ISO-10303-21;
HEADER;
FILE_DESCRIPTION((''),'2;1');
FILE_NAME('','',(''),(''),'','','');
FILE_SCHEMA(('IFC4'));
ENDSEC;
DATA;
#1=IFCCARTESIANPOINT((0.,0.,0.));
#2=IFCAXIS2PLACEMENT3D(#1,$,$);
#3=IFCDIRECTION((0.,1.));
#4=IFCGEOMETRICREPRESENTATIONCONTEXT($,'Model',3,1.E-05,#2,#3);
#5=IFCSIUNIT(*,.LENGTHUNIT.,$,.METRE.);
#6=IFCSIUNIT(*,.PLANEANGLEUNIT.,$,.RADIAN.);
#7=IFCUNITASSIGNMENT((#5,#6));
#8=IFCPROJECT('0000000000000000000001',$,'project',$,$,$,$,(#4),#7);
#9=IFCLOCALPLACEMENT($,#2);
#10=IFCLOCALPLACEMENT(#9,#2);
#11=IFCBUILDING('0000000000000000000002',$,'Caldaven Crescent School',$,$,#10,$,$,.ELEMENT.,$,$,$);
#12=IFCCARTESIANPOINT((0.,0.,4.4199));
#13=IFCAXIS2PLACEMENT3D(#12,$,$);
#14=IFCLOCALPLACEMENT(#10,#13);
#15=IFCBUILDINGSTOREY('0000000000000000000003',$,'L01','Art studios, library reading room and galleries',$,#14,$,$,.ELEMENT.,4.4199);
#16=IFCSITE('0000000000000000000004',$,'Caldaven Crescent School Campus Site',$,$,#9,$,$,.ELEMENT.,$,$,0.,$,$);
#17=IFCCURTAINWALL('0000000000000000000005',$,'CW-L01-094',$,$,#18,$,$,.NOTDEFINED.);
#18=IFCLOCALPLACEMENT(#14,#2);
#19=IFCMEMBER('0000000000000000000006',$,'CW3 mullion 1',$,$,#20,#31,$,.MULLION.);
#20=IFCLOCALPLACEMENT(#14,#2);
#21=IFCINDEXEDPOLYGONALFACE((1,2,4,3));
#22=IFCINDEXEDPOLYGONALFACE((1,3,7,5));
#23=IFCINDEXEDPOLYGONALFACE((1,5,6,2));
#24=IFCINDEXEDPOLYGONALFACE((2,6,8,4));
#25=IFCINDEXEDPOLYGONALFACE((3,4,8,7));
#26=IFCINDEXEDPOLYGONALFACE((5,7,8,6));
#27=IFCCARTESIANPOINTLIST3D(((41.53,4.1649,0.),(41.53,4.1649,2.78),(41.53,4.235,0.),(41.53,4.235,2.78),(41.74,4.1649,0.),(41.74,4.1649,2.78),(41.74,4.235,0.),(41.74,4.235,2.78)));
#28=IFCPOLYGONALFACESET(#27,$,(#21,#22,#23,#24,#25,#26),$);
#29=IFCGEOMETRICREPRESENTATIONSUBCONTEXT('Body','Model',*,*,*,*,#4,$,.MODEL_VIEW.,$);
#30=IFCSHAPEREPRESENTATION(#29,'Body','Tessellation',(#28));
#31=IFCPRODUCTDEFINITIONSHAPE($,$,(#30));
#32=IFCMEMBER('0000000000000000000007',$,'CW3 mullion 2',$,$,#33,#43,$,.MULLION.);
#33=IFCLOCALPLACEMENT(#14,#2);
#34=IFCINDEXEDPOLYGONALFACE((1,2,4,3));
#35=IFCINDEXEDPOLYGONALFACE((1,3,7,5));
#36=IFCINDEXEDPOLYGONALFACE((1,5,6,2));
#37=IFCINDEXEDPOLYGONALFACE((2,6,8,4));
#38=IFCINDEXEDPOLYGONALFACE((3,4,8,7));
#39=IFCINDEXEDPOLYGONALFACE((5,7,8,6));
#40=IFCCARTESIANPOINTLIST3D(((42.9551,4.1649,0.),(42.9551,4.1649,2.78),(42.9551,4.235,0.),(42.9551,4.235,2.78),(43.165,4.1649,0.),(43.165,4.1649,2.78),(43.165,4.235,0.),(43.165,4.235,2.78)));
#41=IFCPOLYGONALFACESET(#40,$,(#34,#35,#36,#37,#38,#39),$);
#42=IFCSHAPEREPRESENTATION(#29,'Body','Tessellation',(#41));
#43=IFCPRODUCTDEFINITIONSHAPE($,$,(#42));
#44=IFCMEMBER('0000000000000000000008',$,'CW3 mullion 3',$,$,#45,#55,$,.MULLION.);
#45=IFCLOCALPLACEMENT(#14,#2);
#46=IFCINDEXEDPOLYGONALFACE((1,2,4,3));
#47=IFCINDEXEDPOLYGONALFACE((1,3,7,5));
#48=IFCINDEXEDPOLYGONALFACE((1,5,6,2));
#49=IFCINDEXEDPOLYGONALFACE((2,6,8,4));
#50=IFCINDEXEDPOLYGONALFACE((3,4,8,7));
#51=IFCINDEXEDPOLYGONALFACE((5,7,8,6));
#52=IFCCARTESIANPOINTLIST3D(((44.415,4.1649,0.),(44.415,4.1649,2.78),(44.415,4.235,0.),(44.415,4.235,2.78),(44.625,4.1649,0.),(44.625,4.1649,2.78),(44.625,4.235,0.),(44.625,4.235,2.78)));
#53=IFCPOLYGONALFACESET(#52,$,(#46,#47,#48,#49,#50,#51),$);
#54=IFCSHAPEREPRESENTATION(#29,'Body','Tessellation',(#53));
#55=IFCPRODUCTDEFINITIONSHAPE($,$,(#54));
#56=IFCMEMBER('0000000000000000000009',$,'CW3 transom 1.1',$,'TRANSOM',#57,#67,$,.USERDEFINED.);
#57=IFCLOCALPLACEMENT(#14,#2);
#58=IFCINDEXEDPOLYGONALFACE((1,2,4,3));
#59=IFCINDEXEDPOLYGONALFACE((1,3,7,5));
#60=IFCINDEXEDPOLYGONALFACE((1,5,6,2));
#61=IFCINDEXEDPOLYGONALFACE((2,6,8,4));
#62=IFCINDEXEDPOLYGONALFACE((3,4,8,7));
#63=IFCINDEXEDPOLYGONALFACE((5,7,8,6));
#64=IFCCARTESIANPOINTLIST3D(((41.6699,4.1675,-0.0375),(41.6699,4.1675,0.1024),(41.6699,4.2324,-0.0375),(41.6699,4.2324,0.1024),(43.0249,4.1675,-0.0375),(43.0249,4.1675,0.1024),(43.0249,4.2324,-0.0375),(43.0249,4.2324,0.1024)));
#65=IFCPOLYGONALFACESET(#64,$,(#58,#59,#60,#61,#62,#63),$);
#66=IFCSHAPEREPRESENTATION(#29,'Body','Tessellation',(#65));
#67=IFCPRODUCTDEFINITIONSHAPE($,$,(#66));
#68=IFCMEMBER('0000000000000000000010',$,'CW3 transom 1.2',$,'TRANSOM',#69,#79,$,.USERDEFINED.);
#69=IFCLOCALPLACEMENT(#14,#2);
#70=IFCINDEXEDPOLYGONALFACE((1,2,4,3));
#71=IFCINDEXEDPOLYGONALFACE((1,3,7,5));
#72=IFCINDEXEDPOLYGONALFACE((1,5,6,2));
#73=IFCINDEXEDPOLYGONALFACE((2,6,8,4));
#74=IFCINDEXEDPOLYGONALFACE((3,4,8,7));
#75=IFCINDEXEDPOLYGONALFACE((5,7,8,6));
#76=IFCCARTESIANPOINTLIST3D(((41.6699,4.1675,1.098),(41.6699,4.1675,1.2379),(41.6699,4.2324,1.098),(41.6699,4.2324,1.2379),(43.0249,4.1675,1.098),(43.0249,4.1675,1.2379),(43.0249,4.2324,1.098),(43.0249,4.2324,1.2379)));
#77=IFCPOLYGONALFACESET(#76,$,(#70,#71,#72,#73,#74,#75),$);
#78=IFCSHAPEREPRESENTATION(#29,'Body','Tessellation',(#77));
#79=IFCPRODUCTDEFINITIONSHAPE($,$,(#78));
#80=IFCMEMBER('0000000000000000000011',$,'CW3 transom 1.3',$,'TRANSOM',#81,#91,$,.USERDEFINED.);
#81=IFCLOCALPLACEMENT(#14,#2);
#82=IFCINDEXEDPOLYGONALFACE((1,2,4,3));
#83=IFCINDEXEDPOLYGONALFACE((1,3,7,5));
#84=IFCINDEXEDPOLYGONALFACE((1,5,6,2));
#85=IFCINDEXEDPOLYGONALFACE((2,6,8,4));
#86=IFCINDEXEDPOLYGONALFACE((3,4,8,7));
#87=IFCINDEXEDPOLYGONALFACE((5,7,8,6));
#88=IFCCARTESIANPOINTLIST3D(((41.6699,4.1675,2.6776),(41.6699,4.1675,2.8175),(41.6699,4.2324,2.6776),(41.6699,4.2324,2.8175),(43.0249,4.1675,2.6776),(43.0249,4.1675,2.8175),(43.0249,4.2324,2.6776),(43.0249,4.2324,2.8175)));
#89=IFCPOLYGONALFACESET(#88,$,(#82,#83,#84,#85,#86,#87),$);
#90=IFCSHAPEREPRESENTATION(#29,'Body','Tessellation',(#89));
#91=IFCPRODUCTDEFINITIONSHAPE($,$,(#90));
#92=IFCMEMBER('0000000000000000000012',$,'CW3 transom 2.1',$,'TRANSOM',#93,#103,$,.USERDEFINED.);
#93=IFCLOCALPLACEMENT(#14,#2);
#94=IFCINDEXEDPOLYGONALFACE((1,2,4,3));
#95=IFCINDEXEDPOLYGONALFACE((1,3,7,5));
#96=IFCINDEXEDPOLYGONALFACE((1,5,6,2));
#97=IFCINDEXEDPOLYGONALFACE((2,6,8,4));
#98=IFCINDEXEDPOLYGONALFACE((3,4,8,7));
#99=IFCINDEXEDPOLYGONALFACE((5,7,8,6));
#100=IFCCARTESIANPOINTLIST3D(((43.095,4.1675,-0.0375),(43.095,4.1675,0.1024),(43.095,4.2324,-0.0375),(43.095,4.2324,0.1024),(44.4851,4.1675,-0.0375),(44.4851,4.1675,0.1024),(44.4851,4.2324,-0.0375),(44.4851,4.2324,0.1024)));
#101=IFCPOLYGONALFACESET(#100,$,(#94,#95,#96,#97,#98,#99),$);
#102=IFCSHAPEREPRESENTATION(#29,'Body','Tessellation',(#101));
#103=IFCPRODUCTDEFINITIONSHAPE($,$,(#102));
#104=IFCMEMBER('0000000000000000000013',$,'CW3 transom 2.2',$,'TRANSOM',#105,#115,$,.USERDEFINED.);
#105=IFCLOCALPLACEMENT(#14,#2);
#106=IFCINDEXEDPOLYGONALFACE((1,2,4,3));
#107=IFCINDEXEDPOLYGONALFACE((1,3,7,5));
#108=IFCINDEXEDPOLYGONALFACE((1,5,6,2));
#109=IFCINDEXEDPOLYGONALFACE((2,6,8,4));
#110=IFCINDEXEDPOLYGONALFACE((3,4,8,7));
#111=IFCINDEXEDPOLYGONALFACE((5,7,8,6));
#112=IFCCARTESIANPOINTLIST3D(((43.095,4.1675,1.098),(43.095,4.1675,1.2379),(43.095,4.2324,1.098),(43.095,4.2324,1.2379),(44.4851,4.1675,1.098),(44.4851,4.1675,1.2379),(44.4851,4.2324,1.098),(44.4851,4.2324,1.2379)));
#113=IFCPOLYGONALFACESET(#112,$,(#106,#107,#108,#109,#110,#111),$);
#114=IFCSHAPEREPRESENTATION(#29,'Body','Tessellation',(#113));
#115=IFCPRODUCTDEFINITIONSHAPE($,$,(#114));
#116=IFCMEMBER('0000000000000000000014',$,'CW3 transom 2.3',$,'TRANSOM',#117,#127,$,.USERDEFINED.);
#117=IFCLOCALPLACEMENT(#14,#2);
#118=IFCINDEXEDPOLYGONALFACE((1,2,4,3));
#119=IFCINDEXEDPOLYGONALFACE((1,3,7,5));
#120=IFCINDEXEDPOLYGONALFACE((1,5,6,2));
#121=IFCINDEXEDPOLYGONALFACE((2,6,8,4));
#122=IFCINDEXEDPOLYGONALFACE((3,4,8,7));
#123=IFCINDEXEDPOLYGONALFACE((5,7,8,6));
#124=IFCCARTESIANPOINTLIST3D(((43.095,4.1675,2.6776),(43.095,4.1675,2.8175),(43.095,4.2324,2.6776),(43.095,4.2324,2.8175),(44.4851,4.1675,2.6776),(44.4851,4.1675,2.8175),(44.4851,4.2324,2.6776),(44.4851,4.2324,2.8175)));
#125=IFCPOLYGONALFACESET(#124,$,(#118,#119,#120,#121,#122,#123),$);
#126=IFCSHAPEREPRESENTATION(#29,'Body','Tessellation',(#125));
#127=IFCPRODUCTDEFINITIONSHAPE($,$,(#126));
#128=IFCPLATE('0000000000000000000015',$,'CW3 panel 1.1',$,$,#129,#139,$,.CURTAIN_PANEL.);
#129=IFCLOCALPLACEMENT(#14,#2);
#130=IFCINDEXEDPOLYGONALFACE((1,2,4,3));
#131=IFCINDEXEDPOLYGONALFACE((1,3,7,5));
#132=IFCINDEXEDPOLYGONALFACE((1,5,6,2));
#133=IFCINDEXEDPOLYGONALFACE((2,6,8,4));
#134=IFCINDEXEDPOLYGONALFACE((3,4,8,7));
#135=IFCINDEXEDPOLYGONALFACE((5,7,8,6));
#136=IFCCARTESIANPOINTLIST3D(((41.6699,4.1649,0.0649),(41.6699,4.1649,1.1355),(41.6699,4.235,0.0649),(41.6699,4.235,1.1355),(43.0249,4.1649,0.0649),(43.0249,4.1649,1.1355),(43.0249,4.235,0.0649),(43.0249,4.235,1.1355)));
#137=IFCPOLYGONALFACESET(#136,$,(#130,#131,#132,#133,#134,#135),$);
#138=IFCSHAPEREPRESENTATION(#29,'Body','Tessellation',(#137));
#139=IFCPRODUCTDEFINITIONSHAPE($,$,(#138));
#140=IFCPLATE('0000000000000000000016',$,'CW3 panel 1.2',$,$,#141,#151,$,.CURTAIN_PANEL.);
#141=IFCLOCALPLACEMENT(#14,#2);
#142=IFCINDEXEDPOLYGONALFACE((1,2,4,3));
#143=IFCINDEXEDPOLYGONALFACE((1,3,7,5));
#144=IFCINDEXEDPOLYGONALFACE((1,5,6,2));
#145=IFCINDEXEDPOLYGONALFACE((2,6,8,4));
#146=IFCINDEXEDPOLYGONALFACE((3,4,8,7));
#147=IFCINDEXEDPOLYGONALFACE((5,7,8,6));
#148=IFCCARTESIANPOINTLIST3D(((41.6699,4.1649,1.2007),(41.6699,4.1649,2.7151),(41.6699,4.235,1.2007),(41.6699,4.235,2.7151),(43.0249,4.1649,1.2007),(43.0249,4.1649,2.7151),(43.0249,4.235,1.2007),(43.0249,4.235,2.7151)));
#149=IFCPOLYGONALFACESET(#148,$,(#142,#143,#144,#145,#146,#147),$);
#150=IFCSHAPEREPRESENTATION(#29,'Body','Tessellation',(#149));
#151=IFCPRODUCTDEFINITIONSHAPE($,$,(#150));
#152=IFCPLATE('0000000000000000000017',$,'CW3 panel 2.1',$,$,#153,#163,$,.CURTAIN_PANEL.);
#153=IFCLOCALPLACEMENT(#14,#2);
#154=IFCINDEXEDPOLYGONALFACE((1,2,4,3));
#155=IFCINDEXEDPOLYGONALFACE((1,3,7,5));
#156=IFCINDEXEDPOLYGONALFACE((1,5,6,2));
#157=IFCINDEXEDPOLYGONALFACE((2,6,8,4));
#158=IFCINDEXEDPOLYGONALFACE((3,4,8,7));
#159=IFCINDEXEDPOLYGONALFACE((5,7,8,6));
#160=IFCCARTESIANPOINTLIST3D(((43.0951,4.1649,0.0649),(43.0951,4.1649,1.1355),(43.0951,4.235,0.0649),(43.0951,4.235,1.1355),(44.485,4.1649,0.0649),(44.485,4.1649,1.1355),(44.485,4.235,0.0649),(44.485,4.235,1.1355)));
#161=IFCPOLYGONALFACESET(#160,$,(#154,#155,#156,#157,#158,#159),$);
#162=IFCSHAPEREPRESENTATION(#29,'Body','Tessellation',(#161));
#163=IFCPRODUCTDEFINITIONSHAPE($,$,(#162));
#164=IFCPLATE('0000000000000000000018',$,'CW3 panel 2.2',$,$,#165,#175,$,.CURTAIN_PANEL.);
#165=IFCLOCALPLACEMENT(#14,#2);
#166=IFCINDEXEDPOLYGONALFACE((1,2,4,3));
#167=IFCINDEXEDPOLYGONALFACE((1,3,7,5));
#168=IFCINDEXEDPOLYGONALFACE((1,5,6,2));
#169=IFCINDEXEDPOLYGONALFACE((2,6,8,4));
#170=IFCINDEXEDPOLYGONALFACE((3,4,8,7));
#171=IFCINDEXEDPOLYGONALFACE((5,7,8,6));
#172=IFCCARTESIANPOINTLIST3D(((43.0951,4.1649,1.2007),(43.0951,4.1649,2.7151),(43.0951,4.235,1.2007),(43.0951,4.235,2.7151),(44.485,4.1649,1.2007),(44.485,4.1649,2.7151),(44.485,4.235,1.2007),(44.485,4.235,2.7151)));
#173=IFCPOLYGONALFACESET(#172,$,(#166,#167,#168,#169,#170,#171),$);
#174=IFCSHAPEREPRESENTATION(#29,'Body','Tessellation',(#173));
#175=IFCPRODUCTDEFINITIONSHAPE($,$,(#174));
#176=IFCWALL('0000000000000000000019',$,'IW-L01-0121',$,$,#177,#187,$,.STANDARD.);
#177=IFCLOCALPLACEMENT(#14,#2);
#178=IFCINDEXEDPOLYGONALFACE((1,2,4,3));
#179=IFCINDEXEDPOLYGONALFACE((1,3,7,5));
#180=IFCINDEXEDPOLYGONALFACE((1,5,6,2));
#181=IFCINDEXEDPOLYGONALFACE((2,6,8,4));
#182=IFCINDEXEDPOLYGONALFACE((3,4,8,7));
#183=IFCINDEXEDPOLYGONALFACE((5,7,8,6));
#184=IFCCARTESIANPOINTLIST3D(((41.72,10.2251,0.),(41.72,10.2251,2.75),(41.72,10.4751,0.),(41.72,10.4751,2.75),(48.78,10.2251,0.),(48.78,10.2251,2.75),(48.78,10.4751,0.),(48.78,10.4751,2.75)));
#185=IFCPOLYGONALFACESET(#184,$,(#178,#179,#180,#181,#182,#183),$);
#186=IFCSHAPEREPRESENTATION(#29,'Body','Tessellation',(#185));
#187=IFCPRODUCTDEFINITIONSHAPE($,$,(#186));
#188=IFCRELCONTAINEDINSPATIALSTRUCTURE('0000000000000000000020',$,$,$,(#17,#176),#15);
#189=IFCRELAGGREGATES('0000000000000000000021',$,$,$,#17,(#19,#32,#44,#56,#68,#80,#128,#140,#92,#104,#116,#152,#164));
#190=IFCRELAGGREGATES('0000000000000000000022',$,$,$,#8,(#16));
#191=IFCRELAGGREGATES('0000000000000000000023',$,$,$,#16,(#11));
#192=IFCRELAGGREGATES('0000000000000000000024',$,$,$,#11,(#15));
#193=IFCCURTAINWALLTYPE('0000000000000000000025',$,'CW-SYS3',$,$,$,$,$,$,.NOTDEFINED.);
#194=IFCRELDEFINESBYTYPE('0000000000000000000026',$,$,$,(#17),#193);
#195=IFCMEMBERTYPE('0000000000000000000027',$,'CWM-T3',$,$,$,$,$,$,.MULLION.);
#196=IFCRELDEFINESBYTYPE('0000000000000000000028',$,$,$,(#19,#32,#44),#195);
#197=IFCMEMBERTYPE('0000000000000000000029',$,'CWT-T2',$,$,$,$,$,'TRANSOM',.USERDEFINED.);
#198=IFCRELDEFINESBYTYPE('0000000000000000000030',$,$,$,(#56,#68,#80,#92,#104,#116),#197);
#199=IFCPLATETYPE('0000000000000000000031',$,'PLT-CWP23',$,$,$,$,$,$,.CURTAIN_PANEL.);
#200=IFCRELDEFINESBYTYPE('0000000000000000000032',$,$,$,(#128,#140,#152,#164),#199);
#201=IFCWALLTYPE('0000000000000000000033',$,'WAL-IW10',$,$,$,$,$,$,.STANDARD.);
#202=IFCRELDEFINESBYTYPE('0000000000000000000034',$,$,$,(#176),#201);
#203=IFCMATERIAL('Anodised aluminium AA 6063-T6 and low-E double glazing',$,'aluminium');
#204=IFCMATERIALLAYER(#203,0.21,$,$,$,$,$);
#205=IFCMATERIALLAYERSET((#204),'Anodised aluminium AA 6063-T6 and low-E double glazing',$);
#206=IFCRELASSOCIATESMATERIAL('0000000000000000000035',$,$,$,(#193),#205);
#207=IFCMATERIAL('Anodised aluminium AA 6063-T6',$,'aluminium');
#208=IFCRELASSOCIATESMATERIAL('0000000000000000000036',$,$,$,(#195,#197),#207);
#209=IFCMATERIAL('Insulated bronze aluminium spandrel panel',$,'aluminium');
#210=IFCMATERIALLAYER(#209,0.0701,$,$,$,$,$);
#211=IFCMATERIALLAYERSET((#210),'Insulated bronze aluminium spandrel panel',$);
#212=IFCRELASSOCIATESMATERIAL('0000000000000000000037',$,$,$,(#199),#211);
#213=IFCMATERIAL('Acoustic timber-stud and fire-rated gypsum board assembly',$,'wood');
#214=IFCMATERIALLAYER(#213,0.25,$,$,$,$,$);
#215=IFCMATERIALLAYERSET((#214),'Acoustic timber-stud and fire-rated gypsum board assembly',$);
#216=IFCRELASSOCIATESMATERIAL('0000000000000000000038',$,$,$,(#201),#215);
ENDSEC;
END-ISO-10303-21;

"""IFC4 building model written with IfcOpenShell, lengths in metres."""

from ifc_helpers import new_model, si_unit, direction, frame, frame_2d, origin, origin_2d, place, context, subcontext, project, spatial, rectangle, extrude, material, layer, layer_set, material_profile, profile_set, type_object, element, aggregate, save


model = new_model("IFC4")

# Units and contexts
model_context = context("Model", 3, precision=1e-05, world=origin(), true_north=direction((0.0, 1.0)))
body_context = subcontext(model_context, "Body", "Model", "MODEL_VIEW")
ifc_project = project(units=[si_unit("LENGTHUNIT", "METRE"), si_unit("PLANEANGLEUNIT", "RADIAN")], contexts=[model_context])

# Site, building, storey
site_placement = place(None, origin())
site = spatial("IfcSite", under=ifc_project, at=site_placement, Name="Caldaven Crescent School Campus Site", CompositionType="ELEMENT", RefElevation=0.0)
building_placement = place(site_placement, origin())
building = spatial("IfcBuilding", under=site, at=building_placement, Name="Caldaven Crescent School", CompositionType="ELEMENT")
storey_placement = place(building_placement, frame((0.0, 0.0, 4.4199)))
storey = spatial("IfcBuildingStorey", under=building, at=storey_placement, Name="L01", Description="Art studios, library reading room and galleries", CompositionType="ELEMENT", Elevation=4.4199)

# Curtain wall, members, plates
ifc_material_1 = material(Name="Anodised aluminium AA 6063-T6 and low-E double glazing", Category="aluminium")
ifc_layer_1 = layer(ifc_material_1, 0.21)
ifc_layer_set_1 = layer_set([ifc_layer_1], Name="Anodised aluminium AA 6063-T6 and low-E double glazing")
curtain_wall_type = type_object("IfcCurtainWallType", Name="CW-SYS3", PredefinedType="NOTDEFINED", material=ifc_layer_set_1)
curtain_wall_placement = place(storey_placement, origin())
curtain_wall = element("IfcCurtainWall", 1, at=curtain_wall_placement, inside=storey, type_object=curtain_wall_type, Name="CW-L01-094", PredefinedType="NOTDEFINED")
ifc_material_2 = material(Name="Anodised aluminium AA 6063-T6", Category="aluminium")
ifc_material_profile_1 = material_profile(ifc_material_2, rectangle(XDim=0.0701, YDim=0.21, at=origin_2d()), Name="CWM 70x210")
ifc_profile_set_1 = profile_set([ifc_material_profile_1], Name="Anodised aluminium AA 6063-T6")
member_type_1 = type_object("IfcMemberType", Name="CWM-T3", PredefinedType="MULLION", material=ifc_profile_set_1)
member_1_placement = place(storey_placement, frame((41.635, 4.2, 0.0), z_axis=(0.0, 0.0, 1.0), x_axis=(0.0, 1.0, 0.0)))
member_1 = element("IfcMember", 2, at=member_1_placement, type_object=member_type_1, Name="CW3 mullion 1", PredefinedType="MULLION", context=body_context, shape_type="SweptSolid", body=[
    extrude(rectangle(XDim=0.0701, YDim=0.21, at=origin_2d()), origin(), (0.0, 0.0, 1.0), 2.78),
])
member_2_placement = place(storey_placement, frame((43.0601, 4.2, 0.0), z_axis=(0.0, 0.0, 1.0), x_axis=(0.0, 1.0, 0.0)))
member_2 = element("IfcMember", 3, at=member_2_placement, type_object=member_type_1, Name="CW3 mullion 2", PredefinedType="MULLION", context=body_context, shape_type="SweptSolid", body=[
    extrude(rectangle(XDim=0.0701, YDim=0.21, at=origin_2d()), origin(), (0.0, 0.0, 1.0), 2.78),
])
member_3_placement = place(storey_placement, frame((44.52, 4.2, 0.0), z_axis=(0.0, 0.0, 1.0), x_axis=(0.0, 1.0, 0.0)))
member_3 = element("IfcMember", 4, at=member_3_placement, type_object=member_type_1, Name="CW3 mullion 3", PredefinedType="MULLION", context=body_context, shape_type="SweptSolid", body=[
    extrude(rectangle(XDim=0.0701, YDim=0.21, at=origin_2d()), origin(), (0.0, 0.0, 1.0), 2.78),
])
ifc_material_profile_2 = material_profile(ifc_material_2, rectangle(XDim=0.0649, YDim=0.1399, at=origin_2d()), Name="CWT 65x140")
ifc_profile_set_2 = profile_set([ifc_material_profile_2], Name="Anodised aluminium AA 6063-T6")
member_type_2 = type_object("IfcMemberType", Name="CWT-T2", ElementType="TRANSOM", PredefinedType="USERDEFINED", material=ifc_profile_set_2)
member_4_placement = place(storey_placement, frame((41.6699, 4.2, 0.0325), z_axis=(1.0, 0.0, 0.0), x_axis=(0.0, 1.0, 0.0)))
member_4 = element("IfcMember", 5, at=member_4_placement, type_object=member_type_2, Name="CW3 transom 1.1", ObjectType="TRANSOM", PredefinedType="USERDEFINED", context=body_context, shape_type="SweptSolid", body=[
    extrude(rectangle(XDim=0.0649, YDim=0.1399, at=origin_2d()), origin(), (0.0, 0.0, 1.0), 1.355),
])
member_5_placement = place(storey_placement, frame((41.6699, 4.2, 1.168), z_axis=(1.0, 0.0, 0.0), x_axis=(0.0, 1.0, 0.0)))
member_5 = element("IfcMember", 6, at=member_5_placement, type_object=member_type_2, Name="CW3 transom 1.2", ObjectType="TRANSOM", PredefinedType="USERDEFINED", context=body_context, shape_type="SweptSolid", body=[
    extrude(rectangle(XDim=0.0649, YDim=0.1399, at=origin_2d()), origin(), (0.0, 0.0, 1.0), 1.355),
])
member_6_placement = place(storey_placement, frame((41.6699, 4.2, 2.7476), z_axis=(1.0, 0.0, 0.0), x_axis=(0.0, 1.0, 0.0)))
member_6 = element("IfcMember", 7, at=member_6_placement, type_object=member_type_2, Name="CW3 transom 1.3", ObjectType="TRANSOM", PredefinedType="USERDEFINED", context=body_context, shape_type="SweptSolid", body=[
    extrude(rectangle(XDim=0.0649, YDim=0.1399, at=origin_2d()), origin(), (0.0, 0.0, 1.0), 1.355),
])
member_7_placement = place(storey_placement, frame((43.095, 4.2, 0.0325), z_axis=(1.0, 0.0, 0.0), x_axis=(0.0, 1.0, 0.0)))
member_7 = element("IfcMember", 8, at=member_7_placement, type_object=member_type_2, Name="CW3 transom 2.1", ObjectType="TRANSOM", PredefinedType="USERDEFINED", context=body_context, shape_type="SweptSolid", body=[
    extrude(rectangle(XDim=0.0649, YDim=0.1399, at=origin_2d()), origin(), (0.0, 0.0, 1.0), 1.3901),
])
member_8_placement = place(storey_placement, frame((43.095, 4.2, 1.168), z_axis=(1.0, 0.0, 0.0), x_axis=(0.0, 1.0, 0.0)))
member_8 = element("IfcMember", 9, at=member_8_placement, type_object=member_type_2, Name="CW3 transom 2.2", ObjectType="TRANSOM", PredefinedType="USERDEFINED", context=body_context, shape_type="SweptSolid", body=[
    extrude(rectangle(XDim=0.0649, YDim=0.1399, at=origin_2d()), origin(), (0.0, 0.0, 1.0), 1.3901),
])
member_9_placement = place(storey_placement, frame((43.095, 4.2, 2.7476), z_axis=(1.0, 0.0, 0.0), x_axis=(0.0, 1.0, 0.0)))
member_9 = element("IfcMember", 10, at=member_9_placement, type_object=member_type_2, Name="CW3 transom 2.3", ObjectType="TRANSOM", PredefinedType="USERDEFINED", context=body_context, shape_type="SweptSolid", body=[
    extrude(rectangle(XDim=0.0649, YDim=0.1399, at=origin_2d()), origin(), (0.0, 0.0, 1.0), 1.3901),
])
ifc_material_3 = material(Name="Insulated bronze aluminium spandrel panel", Category="aluminium")
ifc_layer_2 = layer(ifc_material_3, 0.0701)
ifc_layer_set_2 = layer_set([ifc_layer_2], Name="Insulated bronze aluminium spandrel panel")
plate_type = type_object("IfcPlateType", Name="PLT-CWP23", PredefinedType="CURTAIN_PANEL", material=ifc_layer_set_2)
plate_1_placement = place(storey_placement, frame((42.3474, 4.2, 0.0649), z_axis=(0.0, 0.0, 1.0), x_axis=(1.0, 0.0, 0.0)))
plate_1 = element("IfcPlate", 11, at=plate_1_placement, type_object=plate_type, Name="CW3 panel 1.1", PredefinedType="CURTAIN_PANEL", context=body_context, shape_type="SweptSolid", body=[
    extrude(rectangle(XDim=1.355, YDim=0.0701, at=origin_2d()), origin(), (0.0, 0.0, 1.0), 1.0706),
])
plate_2_placement = place(storey_placement, frame((42.3474, 4.2, 1.2007), z_axis=(0.0, 0.0, 1.0), x_axis=(1.0, 0.0, 0.0)))
plate_2 = element("IfcPlate", 12, at=plate_2_placement, type_object=plate_type, Name="CW3 panel 1.2", PredefinedType="CURTAIN_PANEL", context=body_context, shape_type="SweptSolid", body=[
    extrude(rectangle(XDim=1.355, YDim=0.0701, at=origin_2d()), origin(), (0.0, 0.0, 1.0), 1.5144),
])
plate_3_placement = place(storey_placement, frame((43.79, 4.2, 0.0649), z_axis=(0.0, 0.0, 1.0), x_axis=(1.0, 0.0, 0.0)))
plate_3 = element("IfcPlate", 13, at=plate_3_placement, type_object=plate_type, Name="CW3 panel 2.1", PredefinedType="CURTAIN_PANEL", context=body_context, shape_type="SweptSolid", body=[
    extrude(rectangle(XDim=1.3899, YDim=0.0701, at=origin_2d()), origin(), (0.0, 0.0, 1.0), 1.0706),
])
plate_4_placement = place(storey_placement, frame((43.79, 4.2, 1.2007), z_axis=(0.0, 0.0, 1.0), x_axis=(1.0, 0.0, 0.0)))
plate_4 = element("IfcPlate", 14, at=plate_4_placement, type_object=plate_type, Name="CW3 panel 2.2", PredefinedType="CURTAIN_PANEL", context=body_context, shape_type="SweptSolid", body=[
    extrude(rectangle(XDim=1.3899, YDim=0.0701, at=origin_2d()), origin(), (0.0, 0.0, 1.0), 1.5144),
])
aggregate(curtain_wall, [member_1, member_2, member_3, member_4, member_5, member_6, plate_1, plate_2, member_7, member_8, member_9, plate_3, plate_4])

# Wall
ifc_material_4 = material(Name="Acoustic timber-stud and fire-rated gypsum board assembly", Category="wood")
ifc_layer_3 = layer(ifc_material_4, 0.25)
ifc_layer_set_3 = layer_set([ifc_layer_3], Name="Acoustic timber-stud and fire-rated gypsum board assembly")
wall_type_1 = type_object("IfcWallType", Name="WAL-IW10", PredefinedType="STANDARD", material=ifc_layer_set_3)
wall_1_placement = place(storey_placement, frame((41.72, 10.3501, 0.0), z_axis=(0.0, 0.0, 1.0), x_axis=(1.0, 0.0, 0.0)))
element("IfcWall", 15, at=wall_1_placement, inside=storey, type_object=wall_type_1, Name="IW-L01-0121", PredefinedType="STANDARD", context=body_context, shape_type="SweptSolid", body=[
    extrude(rectangle(XDim=7.0601, YDim=0.25, at=frame_2d((3.53, 0.0))), origin(), (0.0, 0.0, 1.0), 2.75),
])

save(model, "model.ifc")
